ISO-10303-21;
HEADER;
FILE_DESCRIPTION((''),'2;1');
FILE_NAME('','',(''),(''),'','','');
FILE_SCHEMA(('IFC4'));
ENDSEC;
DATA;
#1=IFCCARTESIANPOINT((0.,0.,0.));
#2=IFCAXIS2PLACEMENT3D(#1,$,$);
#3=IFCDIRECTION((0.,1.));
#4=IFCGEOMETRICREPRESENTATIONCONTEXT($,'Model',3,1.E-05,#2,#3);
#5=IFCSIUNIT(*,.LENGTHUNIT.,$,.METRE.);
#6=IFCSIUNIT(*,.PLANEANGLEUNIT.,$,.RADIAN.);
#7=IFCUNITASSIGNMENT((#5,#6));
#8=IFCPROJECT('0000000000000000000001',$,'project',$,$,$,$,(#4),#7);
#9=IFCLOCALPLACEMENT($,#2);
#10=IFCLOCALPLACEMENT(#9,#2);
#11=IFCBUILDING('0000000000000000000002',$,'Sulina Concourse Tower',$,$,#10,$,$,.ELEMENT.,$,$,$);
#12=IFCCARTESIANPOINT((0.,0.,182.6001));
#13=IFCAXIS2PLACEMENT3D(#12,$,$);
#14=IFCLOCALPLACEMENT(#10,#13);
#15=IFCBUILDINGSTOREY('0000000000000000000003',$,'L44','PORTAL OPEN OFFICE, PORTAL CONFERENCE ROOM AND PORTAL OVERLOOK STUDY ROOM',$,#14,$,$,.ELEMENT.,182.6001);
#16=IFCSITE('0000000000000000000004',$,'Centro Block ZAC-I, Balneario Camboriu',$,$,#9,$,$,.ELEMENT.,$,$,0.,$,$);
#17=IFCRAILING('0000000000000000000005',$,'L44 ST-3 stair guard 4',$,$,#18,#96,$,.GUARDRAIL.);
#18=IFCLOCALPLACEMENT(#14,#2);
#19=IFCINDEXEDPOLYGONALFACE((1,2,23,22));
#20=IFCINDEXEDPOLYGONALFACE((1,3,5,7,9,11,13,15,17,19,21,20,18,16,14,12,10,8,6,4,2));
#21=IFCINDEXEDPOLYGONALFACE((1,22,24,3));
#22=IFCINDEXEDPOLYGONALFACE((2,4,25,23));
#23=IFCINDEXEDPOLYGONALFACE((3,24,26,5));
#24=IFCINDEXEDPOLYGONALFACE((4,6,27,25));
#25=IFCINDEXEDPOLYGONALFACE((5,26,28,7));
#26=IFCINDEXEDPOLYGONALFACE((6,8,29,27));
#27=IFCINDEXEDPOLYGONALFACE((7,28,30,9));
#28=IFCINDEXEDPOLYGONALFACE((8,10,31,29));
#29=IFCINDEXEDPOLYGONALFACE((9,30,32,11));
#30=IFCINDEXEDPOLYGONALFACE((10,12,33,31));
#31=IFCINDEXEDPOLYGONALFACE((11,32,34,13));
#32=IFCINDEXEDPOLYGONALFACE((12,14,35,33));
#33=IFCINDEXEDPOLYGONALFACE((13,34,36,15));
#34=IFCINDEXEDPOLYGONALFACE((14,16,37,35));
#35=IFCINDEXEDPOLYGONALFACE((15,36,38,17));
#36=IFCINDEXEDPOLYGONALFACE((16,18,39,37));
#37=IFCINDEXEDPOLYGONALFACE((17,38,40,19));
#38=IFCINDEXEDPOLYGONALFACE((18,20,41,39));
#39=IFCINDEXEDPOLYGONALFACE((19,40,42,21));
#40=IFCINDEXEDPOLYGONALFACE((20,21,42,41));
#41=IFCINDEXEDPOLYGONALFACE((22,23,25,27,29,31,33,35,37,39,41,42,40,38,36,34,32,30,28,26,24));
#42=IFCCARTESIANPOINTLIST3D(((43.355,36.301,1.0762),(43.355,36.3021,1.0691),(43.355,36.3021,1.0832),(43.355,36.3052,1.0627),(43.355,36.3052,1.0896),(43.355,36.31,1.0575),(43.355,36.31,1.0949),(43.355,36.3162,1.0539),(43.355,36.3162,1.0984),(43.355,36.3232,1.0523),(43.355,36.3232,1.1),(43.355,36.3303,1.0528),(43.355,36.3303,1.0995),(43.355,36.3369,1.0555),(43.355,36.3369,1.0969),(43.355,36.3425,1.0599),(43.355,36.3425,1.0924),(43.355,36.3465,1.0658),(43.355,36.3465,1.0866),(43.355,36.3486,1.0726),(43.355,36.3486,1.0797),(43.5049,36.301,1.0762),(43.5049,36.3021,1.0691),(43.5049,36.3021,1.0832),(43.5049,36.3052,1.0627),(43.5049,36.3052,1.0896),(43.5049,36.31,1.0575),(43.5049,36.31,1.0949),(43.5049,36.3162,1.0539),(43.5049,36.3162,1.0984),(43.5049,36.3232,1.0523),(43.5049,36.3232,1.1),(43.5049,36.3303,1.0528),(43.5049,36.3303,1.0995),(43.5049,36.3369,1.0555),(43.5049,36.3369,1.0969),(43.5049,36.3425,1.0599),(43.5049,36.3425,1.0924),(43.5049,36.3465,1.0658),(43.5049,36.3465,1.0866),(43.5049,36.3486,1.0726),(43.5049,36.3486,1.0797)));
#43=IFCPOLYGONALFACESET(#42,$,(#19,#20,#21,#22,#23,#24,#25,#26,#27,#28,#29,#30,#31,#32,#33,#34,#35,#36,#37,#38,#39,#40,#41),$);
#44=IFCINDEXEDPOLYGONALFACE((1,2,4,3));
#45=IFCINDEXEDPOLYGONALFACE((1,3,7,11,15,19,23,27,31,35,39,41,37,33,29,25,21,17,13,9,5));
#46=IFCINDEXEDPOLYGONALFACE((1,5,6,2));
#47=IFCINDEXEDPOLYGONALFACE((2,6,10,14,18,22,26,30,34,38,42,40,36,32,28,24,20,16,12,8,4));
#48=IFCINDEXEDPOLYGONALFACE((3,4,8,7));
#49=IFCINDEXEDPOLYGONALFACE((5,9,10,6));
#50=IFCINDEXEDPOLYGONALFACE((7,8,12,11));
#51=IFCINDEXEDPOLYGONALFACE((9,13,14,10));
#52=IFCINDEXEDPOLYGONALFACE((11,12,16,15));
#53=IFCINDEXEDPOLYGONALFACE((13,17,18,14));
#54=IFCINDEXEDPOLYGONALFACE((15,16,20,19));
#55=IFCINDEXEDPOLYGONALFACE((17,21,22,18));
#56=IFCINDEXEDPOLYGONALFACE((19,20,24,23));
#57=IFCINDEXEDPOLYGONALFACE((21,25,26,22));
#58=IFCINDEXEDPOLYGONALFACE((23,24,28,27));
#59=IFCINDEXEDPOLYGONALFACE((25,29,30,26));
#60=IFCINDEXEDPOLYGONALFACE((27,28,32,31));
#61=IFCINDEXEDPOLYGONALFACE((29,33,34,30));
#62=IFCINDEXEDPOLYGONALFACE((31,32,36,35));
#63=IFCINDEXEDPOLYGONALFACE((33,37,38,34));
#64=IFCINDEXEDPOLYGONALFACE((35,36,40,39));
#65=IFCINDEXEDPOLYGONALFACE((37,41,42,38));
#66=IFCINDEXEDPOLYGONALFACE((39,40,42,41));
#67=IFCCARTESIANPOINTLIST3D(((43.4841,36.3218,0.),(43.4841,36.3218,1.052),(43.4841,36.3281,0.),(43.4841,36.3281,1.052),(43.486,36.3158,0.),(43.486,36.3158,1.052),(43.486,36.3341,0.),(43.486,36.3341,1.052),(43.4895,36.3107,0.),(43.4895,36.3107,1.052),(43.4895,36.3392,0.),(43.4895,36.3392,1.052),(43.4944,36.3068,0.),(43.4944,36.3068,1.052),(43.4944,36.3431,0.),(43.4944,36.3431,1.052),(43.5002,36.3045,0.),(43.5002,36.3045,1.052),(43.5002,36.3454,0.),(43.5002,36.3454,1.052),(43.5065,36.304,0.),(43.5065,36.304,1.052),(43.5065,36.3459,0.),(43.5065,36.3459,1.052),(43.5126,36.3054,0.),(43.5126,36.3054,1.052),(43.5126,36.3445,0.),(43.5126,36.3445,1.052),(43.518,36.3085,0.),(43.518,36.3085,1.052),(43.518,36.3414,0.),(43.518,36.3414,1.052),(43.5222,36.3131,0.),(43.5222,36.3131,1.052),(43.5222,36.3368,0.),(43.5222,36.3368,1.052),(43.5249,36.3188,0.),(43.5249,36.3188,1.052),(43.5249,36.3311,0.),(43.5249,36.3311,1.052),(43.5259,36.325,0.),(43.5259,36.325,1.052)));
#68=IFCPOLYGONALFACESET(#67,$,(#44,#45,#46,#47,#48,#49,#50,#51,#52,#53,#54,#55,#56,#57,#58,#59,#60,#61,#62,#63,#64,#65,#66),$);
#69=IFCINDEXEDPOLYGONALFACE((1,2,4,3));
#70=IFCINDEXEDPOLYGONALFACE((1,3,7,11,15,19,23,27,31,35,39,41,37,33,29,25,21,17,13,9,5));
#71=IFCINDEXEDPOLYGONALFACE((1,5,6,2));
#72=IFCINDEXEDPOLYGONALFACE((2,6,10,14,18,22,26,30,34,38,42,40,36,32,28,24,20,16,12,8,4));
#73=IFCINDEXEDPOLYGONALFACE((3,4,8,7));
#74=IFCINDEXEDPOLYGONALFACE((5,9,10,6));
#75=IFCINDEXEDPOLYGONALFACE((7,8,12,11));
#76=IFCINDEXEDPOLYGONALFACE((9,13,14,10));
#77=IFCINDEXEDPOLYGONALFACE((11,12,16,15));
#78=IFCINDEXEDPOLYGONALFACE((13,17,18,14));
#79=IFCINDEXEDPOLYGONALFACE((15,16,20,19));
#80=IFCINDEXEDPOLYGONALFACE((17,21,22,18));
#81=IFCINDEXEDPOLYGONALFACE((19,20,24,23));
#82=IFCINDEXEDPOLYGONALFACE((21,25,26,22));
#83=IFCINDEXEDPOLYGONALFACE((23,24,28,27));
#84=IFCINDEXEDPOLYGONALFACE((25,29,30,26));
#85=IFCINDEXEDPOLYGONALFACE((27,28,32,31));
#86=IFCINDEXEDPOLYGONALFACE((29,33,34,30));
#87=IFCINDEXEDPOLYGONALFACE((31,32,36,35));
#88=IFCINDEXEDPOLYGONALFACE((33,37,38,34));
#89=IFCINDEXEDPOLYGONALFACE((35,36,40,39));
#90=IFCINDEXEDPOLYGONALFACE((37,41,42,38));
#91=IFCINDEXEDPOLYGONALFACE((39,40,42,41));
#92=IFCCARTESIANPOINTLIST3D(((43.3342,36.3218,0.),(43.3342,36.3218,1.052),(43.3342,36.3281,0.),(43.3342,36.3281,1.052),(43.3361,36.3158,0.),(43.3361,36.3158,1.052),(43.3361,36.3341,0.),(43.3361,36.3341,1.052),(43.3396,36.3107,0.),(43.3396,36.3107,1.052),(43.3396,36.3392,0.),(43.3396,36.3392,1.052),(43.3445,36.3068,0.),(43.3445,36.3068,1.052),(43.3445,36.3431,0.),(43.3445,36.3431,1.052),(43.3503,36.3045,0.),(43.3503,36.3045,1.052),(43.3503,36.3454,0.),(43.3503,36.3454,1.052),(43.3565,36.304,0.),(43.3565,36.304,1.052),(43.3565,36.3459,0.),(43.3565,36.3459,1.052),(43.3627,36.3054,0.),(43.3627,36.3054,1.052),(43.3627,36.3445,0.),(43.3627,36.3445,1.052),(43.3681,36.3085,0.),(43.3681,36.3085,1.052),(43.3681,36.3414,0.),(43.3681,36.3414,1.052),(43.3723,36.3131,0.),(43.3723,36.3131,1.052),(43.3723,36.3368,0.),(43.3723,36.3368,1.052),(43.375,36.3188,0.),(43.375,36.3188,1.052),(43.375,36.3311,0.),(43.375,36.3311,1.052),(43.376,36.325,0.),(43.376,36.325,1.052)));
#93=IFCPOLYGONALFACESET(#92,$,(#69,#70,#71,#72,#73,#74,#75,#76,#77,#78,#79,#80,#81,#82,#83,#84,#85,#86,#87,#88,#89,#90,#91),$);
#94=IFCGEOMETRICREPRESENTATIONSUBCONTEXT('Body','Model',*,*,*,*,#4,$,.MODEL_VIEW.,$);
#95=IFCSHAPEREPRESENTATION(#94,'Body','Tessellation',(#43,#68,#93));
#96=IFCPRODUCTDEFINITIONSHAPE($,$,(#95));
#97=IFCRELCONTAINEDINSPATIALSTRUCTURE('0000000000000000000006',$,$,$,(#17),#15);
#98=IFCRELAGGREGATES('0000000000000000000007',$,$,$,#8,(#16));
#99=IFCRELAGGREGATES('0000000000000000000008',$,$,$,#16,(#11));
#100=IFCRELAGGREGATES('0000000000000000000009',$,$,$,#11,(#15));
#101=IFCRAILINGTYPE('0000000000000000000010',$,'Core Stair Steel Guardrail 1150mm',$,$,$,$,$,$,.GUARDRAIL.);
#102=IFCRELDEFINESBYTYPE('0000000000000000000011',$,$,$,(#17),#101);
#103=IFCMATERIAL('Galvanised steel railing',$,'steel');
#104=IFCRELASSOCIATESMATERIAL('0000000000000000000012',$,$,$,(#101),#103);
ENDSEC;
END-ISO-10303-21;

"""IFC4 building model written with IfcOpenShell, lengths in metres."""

from ifc_helpers import new_model, si_unit, direction, frame, origin, origin_2d, place, context, subcontext, project, spatial, circle, extrude, material, type_object, element, save


model = new_model("IFC4")

# Units and contexts
model_context = context("Model", 3, precision=1e-05, world=origin(), true_north=direction((0.0, 1.0)))
body_context = subcontext(model_context, "Body", "Model", "MODEL_VIEW")
ifc_project = project(units=[si_unit("LENGTHUNIT", "METRE"), si_unit("PLANEANGLEUNIT", "RADIAN")], contexts=[model_context])

# Site, building, storey
site_placement = place(None, origin())
site = spatial("IfcSite", under=ifc_project, at=site_placement, Name="Centro Block ZAC-I, Balneario Camboriu", CompositionType="ELEMENT", RefElevation=0.0)
building_placement = place(site_placement, origin())
building = spatial("IfcBuilding", under=site, at=building_placement, Name="Sulina Concourse Tower", CompositionType="ELEMENT")
storey_placement = place(building_placement, frame((0.0, 0.0, 182.6001)))
storey = spatial("IfcBuildingStorey", under=building, at=storey_placement, Name="L44", Description="PORTAL OPEN OFFICE, PORTAL CONFERENCE ROOM AND PORTAL OVERLOOK STUDY ROOM", CompositionType="ELEMENT", Elevation=182.6001)

# Railing
ifc_material_1 = material(Name="Galvanised steel railing", Category="steel")
railing_type_1 = type_object("IfcRailingType", Name="Core Stair Steel Guardrail 1150mm", PredefinedType="GUARDRAIL", material=ifc_material_1)
railing_1_placement = place(storey_placement, frame((43.5049, 36.325, 0.0)))
element("IfcRailing", 1, at=railing_1_placement, inside=storey, type_object=railing_type_1, Name="L44 ST-3 stair guard 4", PredefinedType="GUARDRAIL", context=body_context, shape_type="SweptSolid", body=[
    extrude(circle(Radius=0.0239, at=origin_2d()), frame((0.0, 0.0, 1.0762), z_axis=(-1.0, 0.0, 0.0), x_axis=(0.0, -1.0, 0.0)), (0.0, 0.0, 1.0), 0.1499),
    extrude(circle(Radius=0.021, at=origin_2d()), origin(), (0.0, 0.0, 1.0), 1.052),
    extrude(circle(Radius=0.021, at=origin_2d()), frame((-0.1499, 0.0, 0.0)), (0.0, 0.0, 1.0), 1.052),
])

save(model, "model.ifc")
